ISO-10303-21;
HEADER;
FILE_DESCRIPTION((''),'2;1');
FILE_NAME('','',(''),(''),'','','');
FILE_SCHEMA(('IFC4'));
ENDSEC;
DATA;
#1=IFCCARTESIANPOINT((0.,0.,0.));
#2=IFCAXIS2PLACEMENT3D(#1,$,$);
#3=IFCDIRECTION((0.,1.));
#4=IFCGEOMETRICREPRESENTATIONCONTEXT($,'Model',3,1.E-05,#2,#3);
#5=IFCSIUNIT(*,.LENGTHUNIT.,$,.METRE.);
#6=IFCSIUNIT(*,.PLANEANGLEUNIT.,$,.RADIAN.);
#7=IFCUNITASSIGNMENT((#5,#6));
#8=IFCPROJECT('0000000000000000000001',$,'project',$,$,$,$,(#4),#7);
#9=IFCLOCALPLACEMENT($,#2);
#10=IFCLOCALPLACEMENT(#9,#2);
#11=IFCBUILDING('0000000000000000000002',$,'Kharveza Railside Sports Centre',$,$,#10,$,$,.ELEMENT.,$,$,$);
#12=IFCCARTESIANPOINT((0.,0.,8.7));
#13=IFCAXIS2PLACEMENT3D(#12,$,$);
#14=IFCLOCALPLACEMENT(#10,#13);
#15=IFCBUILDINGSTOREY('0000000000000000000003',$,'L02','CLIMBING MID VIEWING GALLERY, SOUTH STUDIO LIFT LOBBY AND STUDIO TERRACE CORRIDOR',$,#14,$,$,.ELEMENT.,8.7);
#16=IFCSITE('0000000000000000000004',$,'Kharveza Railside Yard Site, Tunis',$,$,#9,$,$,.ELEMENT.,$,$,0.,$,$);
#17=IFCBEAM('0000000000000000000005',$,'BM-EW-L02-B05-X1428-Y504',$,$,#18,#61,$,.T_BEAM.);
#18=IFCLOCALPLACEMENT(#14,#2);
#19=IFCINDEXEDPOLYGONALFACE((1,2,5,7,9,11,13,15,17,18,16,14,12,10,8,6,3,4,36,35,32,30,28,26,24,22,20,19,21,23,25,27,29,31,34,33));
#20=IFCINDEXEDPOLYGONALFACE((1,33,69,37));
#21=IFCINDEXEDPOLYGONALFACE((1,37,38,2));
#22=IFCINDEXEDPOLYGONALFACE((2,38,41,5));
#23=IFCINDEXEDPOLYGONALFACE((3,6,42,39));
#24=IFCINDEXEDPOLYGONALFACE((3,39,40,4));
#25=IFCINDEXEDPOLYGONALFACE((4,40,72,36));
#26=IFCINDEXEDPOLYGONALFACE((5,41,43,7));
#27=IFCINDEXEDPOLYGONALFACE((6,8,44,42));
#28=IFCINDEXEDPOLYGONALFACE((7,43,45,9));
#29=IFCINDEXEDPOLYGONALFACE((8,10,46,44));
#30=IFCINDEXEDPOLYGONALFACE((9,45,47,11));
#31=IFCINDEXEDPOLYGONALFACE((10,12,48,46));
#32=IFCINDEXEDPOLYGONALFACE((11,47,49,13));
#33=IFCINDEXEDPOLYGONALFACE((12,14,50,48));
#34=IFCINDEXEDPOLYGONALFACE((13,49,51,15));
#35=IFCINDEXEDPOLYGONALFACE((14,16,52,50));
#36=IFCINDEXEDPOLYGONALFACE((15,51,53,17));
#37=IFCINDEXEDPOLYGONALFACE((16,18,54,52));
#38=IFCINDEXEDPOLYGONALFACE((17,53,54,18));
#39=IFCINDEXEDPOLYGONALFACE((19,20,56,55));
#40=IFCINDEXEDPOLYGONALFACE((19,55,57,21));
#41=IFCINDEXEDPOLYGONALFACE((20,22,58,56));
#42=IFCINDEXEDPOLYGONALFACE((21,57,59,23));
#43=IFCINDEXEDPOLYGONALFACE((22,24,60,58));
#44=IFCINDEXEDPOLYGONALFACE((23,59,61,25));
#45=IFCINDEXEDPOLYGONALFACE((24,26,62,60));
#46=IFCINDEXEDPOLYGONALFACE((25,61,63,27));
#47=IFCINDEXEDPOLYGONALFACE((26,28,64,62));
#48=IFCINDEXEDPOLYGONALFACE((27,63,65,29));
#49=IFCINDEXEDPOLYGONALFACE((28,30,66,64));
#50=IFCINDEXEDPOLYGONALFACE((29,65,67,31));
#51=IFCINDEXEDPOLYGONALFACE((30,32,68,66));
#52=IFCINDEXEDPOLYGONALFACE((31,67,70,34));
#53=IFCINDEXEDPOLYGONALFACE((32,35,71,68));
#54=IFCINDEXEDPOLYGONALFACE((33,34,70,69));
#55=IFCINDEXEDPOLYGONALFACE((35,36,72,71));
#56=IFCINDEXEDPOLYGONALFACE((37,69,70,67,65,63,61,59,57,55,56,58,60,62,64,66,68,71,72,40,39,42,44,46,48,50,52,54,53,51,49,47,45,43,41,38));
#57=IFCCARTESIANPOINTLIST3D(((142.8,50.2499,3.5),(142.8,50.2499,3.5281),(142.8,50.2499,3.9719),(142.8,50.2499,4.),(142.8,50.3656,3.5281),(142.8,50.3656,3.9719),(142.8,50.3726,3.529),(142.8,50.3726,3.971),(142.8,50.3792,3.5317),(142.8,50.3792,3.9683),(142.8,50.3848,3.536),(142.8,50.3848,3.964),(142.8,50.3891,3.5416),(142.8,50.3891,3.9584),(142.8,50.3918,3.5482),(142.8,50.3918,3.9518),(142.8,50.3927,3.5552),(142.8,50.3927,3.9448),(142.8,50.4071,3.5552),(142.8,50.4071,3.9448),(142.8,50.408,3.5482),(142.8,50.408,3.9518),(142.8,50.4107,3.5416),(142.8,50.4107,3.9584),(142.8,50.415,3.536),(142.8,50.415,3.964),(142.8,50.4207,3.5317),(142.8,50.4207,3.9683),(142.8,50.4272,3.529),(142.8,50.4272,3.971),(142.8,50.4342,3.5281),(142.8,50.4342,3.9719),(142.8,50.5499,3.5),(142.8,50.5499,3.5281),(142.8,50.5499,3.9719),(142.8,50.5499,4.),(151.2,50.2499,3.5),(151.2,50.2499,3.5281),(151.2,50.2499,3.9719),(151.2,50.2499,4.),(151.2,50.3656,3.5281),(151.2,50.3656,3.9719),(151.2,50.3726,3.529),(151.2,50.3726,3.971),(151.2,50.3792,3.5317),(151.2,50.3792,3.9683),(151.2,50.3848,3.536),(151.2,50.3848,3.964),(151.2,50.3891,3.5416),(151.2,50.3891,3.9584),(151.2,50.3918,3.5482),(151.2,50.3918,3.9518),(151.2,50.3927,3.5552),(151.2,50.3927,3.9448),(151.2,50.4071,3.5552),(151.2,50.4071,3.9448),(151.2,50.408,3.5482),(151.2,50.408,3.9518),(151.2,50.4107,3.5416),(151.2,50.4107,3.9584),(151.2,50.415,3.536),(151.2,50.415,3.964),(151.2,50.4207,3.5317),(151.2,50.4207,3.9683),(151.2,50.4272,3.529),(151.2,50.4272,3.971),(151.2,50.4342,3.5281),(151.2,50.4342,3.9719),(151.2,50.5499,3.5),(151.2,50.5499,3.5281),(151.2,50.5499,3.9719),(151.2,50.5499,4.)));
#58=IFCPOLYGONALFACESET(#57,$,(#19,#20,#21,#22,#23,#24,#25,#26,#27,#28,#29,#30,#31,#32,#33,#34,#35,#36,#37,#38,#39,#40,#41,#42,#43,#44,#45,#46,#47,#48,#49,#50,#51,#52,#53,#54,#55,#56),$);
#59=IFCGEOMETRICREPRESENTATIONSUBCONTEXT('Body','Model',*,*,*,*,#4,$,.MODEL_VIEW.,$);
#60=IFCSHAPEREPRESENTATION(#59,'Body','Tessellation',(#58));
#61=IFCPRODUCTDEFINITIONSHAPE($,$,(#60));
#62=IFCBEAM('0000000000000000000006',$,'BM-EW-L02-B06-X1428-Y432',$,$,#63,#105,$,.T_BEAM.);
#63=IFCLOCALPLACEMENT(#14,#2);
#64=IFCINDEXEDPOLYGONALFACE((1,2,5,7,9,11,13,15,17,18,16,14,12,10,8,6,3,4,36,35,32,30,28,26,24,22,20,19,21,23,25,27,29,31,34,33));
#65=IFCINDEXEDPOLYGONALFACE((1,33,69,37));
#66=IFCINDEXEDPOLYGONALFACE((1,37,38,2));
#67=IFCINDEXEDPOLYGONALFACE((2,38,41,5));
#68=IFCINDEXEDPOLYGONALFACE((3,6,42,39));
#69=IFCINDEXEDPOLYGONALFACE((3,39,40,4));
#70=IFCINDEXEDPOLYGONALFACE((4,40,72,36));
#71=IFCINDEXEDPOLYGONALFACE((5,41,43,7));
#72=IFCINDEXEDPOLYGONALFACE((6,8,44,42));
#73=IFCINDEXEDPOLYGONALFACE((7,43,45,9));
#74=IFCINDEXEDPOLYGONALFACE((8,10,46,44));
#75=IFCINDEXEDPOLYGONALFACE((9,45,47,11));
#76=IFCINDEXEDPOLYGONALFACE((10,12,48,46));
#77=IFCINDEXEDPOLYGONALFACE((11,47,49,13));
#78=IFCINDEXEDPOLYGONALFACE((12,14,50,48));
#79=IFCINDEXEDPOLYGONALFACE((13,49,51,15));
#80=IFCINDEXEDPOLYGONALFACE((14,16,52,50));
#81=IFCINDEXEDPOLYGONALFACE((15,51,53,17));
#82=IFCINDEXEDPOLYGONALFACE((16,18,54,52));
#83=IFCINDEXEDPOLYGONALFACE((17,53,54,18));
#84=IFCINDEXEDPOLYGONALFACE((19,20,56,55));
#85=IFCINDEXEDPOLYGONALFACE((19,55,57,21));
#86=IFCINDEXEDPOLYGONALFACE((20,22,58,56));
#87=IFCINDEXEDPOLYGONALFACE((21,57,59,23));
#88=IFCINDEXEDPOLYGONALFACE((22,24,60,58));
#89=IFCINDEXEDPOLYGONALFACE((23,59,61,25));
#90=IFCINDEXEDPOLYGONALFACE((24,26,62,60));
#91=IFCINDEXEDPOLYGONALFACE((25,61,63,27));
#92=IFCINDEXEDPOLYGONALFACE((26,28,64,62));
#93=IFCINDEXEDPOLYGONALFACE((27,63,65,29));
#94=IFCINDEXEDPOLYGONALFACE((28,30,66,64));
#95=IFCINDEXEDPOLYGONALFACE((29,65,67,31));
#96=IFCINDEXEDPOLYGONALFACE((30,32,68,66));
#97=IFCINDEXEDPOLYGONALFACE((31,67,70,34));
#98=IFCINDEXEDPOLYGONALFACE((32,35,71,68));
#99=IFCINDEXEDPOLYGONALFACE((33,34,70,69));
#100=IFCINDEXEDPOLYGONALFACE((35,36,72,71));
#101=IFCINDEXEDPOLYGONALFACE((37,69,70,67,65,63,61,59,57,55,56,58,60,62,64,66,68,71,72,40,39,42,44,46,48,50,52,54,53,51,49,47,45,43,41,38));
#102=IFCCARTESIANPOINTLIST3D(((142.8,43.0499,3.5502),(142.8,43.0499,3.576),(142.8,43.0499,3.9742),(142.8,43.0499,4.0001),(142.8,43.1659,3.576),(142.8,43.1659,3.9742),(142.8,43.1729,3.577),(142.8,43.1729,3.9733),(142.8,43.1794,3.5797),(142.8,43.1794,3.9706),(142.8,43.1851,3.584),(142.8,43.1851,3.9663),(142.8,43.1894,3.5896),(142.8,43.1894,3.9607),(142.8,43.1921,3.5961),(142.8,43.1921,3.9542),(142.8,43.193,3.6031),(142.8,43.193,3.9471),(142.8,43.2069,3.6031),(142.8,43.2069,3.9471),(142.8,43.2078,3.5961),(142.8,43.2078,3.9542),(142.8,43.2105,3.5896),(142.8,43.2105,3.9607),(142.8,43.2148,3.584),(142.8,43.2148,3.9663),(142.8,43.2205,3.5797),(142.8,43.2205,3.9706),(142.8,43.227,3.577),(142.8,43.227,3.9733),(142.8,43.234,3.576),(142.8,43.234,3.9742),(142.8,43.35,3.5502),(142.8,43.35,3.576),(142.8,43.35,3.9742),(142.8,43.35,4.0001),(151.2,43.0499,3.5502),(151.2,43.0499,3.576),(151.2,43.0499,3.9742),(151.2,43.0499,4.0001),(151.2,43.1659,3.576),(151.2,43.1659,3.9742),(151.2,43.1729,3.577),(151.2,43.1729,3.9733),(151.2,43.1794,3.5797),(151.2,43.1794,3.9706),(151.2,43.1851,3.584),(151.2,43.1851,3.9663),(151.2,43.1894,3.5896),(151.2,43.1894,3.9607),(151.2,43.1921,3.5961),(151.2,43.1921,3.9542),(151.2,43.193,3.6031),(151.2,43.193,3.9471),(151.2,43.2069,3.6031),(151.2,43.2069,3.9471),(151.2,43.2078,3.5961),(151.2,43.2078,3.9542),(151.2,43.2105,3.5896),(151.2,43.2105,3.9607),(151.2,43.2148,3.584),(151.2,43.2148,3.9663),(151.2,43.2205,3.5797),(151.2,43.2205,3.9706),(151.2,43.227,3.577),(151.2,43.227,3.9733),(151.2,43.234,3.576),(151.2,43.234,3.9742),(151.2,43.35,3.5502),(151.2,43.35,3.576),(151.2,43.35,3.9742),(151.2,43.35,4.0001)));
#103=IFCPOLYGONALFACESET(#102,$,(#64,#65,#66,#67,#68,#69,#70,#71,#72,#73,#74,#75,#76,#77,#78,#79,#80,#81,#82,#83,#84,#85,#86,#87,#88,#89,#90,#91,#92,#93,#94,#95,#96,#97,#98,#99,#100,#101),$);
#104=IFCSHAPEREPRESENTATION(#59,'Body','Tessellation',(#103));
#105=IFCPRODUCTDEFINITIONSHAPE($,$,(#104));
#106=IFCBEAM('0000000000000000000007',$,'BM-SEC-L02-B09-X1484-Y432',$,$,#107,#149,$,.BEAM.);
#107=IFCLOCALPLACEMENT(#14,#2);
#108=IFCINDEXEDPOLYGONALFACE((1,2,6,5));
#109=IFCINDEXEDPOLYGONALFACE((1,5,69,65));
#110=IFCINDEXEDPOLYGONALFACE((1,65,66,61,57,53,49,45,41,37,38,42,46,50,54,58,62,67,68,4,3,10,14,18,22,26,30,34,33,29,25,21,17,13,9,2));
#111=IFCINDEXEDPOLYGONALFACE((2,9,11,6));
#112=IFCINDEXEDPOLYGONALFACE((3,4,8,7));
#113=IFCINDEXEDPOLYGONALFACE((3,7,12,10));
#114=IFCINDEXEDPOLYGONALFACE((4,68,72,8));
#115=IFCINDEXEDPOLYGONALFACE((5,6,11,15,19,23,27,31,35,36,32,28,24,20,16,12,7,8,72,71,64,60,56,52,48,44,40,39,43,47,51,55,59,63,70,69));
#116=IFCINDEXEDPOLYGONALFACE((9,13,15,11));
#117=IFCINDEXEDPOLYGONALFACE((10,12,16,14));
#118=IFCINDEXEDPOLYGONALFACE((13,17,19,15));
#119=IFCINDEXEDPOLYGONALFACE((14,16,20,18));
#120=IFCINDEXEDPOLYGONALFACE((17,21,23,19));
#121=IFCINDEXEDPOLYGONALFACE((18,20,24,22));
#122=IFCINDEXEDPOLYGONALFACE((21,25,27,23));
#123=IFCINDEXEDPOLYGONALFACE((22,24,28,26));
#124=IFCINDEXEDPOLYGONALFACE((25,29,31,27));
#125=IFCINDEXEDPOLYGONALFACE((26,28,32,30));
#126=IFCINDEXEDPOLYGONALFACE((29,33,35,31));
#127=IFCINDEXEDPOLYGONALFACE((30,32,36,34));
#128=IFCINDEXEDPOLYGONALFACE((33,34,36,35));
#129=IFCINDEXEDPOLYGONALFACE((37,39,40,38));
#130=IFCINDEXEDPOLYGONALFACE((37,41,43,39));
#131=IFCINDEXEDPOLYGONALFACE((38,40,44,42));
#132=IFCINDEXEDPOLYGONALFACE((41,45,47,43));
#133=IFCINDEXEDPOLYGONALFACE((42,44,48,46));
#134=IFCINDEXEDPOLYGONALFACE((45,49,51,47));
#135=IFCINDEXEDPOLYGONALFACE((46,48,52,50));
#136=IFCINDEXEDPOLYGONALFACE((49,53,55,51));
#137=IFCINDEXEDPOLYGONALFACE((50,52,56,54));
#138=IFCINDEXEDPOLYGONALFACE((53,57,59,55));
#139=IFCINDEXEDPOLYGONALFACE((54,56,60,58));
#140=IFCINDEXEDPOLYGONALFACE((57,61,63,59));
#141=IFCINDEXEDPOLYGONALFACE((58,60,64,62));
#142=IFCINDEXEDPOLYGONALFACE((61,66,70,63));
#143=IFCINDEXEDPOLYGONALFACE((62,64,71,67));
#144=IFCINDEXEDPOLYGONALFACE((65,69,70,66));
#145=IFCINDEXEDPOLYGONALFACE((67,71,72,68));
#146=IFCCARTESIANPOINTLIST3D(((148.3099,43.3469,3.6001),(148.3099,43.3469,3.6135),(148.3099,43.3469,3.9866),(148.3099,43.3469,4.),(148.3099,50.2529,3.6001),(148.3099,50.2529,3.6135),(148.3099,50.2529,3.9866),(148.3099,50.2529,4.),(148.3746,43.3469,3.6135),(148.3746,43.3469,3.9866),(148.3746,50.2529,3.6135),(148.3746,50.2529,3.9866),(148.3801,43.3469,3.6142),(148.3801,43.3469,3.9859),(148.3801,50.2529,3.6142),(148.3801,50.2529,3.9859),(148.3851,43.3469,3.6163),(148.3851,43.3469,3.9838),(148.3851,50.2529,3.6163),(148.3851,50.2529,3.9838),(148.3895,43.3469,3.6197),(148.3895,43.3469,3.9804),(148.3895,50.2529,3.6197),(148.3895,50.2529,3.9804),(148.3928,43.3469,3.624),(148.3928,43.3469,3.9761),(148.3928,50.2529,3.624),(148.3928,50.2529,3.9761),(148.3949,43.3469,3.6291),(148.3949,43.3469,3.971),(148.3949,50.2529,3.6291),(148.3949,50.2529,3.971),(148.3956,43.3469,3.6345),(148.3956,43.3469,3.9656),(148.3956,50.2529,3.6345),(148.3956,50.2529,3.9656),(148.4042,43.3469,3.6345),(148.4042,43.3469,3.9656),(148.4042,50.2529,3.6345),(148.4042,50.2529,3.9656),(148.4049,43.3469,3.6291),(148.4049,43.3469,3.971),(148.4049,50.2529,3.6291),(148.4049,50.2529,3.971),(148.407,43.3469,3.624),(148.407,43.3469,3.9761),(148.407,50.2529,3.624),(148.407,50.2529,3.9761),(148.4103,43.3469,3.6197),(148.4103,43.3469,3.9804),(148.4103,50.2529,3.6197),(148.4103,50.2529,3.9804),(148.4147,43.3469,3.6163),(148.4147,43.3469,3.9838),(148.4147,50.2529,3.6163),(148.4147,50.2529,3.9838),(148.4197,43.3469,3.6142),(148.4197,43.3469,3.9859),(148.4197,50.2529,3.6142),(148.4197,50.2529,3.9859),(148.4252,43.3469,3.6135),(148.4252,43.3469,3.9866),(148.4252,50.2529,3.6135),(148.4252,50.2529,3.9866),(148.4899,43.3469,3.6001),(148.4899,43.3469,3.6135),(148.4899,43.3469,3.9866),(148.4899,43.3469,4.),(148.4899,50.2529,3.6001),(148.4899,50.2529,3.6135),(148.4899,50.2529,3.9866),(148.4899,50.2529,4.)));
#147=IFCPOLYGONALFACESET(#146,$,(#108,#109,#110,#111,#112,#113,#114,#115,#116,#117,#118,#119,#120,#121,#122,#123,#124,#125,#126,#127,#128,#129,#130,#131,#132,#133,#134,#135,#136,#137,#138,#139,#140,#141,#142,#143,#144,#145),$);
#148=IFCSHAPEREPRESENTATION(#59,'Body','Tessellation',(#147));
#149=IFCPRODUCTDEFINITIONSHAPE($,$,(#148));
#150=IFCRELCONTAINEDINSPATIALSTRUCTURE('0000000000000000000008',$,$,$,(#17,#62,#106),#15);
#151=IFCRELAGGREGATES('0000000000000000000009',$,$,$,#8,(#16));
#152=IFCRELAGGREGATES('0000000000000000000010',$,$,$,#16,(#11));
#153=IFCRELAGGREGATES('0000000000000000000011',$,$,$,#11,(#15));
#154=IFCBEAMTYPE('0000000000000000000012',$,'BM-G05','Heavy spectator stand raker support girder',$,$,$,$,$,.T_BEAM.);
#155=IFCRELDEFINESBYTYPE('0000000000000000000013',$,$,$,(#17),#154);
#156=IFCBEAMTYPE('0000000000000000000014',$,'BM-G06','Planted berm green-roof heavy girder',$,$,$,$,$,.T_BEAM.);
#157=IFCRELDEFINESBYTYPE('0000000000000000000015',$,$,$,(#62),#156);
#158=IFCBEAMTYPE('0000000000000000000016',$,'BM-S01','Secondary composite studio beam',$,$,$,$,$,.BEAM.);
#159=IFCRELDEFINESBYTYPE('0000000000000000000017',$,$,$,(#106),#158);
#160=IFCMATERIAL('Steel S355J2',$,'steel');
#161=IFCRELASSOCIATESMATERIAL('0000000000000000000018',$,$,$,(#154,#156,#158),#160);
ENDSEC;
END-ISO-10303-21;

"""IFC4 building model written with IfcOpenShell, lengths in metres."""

from ifc_helpers import new_model, si_unit, direction, frame, origin, origin_2d, place, context, subcontext, project, spatial, i_section, extrude, material, material_profile, profile_set, type_object, element, save


model = new_model("IFC4")

# Units and contexts
model_context = context("Model", 3, precision=1e-05, world=origin(), true_north=direction((0.0, 1.0)))
body_context = subcontext(model_context, "Body", "Model", "MODEL_VIEW")
ifc_project = project(units=[si_unit("LENGTHUNIT", "METRE"), si_unit("PLANEANGLEUNIT", "RADIAN")], contexts=[model_context])

# Site, building, storey
site_placement = place(None, origin())
site = spatial("IfcSite", under=ifc_project, at=site_placement, Name="Kharveza Railside Yard Site, Tunis", CompositionType="ELEMENT", RefElevation=0.0)
building_placement = place(site_placement, origin())
building = spatial("IfcBuilding", under=site, at=building_placement, Name="Kharveza Railside Sports Centre", CompositionType="ELEMENT")
storey_placement = place(building_placement, frame((0.0, 0.0, 8.7)))
storey = spatial("IfcBuildingStorey", under=building, at=storey_placement, Name="L02", Description="CLIMBING MID VIEWING GALLERY, SOUTH STUDIO LIFT LOBBY AND STUDIO TERRACE CORRIDOR", CompositionType="ELEMENT", Elevation=8.7)

# Beams
ifc_material_1 = material(Name="Steel S355J2", Category="steel")
ifc_material_profile_1 = material_profile(ifc_material_1, i_section(OverallWidth=0.3, OverallDepth=0.5, WebThickness=0.0144, FlangeThickness=0.0281, FilletRadius=0.0271, at=origin_2d()), Name="HEB 500")
ifc_profile_set_1 = profile_set([ifc_material_profile_1], Name="Steel S355J2")
beam_type_1 = type_object("IfcBeamType", Name="BM-G05", Description="Heavy spectator stand raker support girder", PredefinedType="T_BEAM", material=ifc_profile_set_1)
beam_1_placement = place(storey_placement, frame((142.8, 50.3999, 3.75), z_axis=(1.0, 0.0, 0.0), x_axis=(0.0, 1.0, 0.0)))
element("IfcBeam", 1, at=beam_1_placement, inside=storey, type_object=beam_type_1, Name="BM-EW-L02-B05-X1428-Y504", PredefinedType="T_BEAM", context=body_context, shape_type="SweptSolid", body=[
    extrude(i_section(OverallWidth=0.3, OverallDepth=0.5, WebThickness=0.0144, FlangeThickness=0.0281, FilletRadius=0.0271, at=origin_2d()), origin(), (0.0, 0.0, 1.0), 8.3999),
])
ifc_material_profile_2 = material_profile(ifc_material_1, i_section(OverallWidth=0.3, OverallDepth=0.45, WebThickness=0.0139, FlangeThickness=0.0259, FilletRadius=0.0271, at=origin_2d()), Name="HEB 450")
ifc_profile_set_2 = profile_set([ifc_material_profile_2], Name="Steel S355J2")
beam_type_2 = type_object("IfcBeamType", Name="BM-G06", Description="Planted berm green-roof heavy girder", PredefinedType="T_BEAM", material=ifc_profile_set_2)
beam_2_placement = place(storey_placement, frame((142.8, 43.2, 3.7751), z_axis=(1.0, 0.0, 0.0), x_axis=(0.0, 1.0, 0.0)))
element("IfcBeam", 2, at=beam_2_placement, inside=storey, type_object=beam_type_2, Name="BM-EW-L02-B06-X1428-Y432", PredefinedType="T_BEAM", context=body_context, shape_type="SweptSolid", body=[
    extrude(i_section(OverallWidth=0.3, OverallDepth=0.45, WebThickness=0.0139, FlangeThickness=0.0259, FilletRadius=0.0271, at=origin_2d()), origin(), (0.0, 0.0, 1.0), 8.3999),
])
ifc_material_profile_3 = material_profile(ifc_material_1, i_section(OverallWidth=0.1799, OverallDepth=0.3999, WebThickness=0.0085, FlangeThickness=0.0134, FilletRadius=0.021, at=origin_2d()), Name="IPE 400")
ifc_profile_set_3 = profile_set([ifc_material_profile_3], Name="Steel S355J2")
beam_type_3 = type_object("IfcBeamType", Name="BM-S01", Description="Secondary composite studio beam", PredefinedType="BEAM", material=ifc_profile_set_3)
beam_3_placement = place(storey_placement, frame((148.3999, 43.3469, 3.8), z_axis=(0.0, 1.0, 0.0), x_axis=(-1.0, 0.0, 0.0)))
element("IfcBeam", 3, at=beam_3_placement, inside=storey, type_object=beam_type_3, Name="BM-SEC-L02-B09-X1484-Y432", PredefinedType="BEAM", context=body_context, shape_type="SweptSolid", body=[
    extrude(i_section(OverallWidth=0.1799, OverallDepth=0.3999, WebThickness=0.0085, FlangeThickness=0.0134, FilletRadius=0.021, at=origin_2d()), origin(), (0.0, 0.0, 1.0), 6.906),
])

save(model, "model.ifc")
